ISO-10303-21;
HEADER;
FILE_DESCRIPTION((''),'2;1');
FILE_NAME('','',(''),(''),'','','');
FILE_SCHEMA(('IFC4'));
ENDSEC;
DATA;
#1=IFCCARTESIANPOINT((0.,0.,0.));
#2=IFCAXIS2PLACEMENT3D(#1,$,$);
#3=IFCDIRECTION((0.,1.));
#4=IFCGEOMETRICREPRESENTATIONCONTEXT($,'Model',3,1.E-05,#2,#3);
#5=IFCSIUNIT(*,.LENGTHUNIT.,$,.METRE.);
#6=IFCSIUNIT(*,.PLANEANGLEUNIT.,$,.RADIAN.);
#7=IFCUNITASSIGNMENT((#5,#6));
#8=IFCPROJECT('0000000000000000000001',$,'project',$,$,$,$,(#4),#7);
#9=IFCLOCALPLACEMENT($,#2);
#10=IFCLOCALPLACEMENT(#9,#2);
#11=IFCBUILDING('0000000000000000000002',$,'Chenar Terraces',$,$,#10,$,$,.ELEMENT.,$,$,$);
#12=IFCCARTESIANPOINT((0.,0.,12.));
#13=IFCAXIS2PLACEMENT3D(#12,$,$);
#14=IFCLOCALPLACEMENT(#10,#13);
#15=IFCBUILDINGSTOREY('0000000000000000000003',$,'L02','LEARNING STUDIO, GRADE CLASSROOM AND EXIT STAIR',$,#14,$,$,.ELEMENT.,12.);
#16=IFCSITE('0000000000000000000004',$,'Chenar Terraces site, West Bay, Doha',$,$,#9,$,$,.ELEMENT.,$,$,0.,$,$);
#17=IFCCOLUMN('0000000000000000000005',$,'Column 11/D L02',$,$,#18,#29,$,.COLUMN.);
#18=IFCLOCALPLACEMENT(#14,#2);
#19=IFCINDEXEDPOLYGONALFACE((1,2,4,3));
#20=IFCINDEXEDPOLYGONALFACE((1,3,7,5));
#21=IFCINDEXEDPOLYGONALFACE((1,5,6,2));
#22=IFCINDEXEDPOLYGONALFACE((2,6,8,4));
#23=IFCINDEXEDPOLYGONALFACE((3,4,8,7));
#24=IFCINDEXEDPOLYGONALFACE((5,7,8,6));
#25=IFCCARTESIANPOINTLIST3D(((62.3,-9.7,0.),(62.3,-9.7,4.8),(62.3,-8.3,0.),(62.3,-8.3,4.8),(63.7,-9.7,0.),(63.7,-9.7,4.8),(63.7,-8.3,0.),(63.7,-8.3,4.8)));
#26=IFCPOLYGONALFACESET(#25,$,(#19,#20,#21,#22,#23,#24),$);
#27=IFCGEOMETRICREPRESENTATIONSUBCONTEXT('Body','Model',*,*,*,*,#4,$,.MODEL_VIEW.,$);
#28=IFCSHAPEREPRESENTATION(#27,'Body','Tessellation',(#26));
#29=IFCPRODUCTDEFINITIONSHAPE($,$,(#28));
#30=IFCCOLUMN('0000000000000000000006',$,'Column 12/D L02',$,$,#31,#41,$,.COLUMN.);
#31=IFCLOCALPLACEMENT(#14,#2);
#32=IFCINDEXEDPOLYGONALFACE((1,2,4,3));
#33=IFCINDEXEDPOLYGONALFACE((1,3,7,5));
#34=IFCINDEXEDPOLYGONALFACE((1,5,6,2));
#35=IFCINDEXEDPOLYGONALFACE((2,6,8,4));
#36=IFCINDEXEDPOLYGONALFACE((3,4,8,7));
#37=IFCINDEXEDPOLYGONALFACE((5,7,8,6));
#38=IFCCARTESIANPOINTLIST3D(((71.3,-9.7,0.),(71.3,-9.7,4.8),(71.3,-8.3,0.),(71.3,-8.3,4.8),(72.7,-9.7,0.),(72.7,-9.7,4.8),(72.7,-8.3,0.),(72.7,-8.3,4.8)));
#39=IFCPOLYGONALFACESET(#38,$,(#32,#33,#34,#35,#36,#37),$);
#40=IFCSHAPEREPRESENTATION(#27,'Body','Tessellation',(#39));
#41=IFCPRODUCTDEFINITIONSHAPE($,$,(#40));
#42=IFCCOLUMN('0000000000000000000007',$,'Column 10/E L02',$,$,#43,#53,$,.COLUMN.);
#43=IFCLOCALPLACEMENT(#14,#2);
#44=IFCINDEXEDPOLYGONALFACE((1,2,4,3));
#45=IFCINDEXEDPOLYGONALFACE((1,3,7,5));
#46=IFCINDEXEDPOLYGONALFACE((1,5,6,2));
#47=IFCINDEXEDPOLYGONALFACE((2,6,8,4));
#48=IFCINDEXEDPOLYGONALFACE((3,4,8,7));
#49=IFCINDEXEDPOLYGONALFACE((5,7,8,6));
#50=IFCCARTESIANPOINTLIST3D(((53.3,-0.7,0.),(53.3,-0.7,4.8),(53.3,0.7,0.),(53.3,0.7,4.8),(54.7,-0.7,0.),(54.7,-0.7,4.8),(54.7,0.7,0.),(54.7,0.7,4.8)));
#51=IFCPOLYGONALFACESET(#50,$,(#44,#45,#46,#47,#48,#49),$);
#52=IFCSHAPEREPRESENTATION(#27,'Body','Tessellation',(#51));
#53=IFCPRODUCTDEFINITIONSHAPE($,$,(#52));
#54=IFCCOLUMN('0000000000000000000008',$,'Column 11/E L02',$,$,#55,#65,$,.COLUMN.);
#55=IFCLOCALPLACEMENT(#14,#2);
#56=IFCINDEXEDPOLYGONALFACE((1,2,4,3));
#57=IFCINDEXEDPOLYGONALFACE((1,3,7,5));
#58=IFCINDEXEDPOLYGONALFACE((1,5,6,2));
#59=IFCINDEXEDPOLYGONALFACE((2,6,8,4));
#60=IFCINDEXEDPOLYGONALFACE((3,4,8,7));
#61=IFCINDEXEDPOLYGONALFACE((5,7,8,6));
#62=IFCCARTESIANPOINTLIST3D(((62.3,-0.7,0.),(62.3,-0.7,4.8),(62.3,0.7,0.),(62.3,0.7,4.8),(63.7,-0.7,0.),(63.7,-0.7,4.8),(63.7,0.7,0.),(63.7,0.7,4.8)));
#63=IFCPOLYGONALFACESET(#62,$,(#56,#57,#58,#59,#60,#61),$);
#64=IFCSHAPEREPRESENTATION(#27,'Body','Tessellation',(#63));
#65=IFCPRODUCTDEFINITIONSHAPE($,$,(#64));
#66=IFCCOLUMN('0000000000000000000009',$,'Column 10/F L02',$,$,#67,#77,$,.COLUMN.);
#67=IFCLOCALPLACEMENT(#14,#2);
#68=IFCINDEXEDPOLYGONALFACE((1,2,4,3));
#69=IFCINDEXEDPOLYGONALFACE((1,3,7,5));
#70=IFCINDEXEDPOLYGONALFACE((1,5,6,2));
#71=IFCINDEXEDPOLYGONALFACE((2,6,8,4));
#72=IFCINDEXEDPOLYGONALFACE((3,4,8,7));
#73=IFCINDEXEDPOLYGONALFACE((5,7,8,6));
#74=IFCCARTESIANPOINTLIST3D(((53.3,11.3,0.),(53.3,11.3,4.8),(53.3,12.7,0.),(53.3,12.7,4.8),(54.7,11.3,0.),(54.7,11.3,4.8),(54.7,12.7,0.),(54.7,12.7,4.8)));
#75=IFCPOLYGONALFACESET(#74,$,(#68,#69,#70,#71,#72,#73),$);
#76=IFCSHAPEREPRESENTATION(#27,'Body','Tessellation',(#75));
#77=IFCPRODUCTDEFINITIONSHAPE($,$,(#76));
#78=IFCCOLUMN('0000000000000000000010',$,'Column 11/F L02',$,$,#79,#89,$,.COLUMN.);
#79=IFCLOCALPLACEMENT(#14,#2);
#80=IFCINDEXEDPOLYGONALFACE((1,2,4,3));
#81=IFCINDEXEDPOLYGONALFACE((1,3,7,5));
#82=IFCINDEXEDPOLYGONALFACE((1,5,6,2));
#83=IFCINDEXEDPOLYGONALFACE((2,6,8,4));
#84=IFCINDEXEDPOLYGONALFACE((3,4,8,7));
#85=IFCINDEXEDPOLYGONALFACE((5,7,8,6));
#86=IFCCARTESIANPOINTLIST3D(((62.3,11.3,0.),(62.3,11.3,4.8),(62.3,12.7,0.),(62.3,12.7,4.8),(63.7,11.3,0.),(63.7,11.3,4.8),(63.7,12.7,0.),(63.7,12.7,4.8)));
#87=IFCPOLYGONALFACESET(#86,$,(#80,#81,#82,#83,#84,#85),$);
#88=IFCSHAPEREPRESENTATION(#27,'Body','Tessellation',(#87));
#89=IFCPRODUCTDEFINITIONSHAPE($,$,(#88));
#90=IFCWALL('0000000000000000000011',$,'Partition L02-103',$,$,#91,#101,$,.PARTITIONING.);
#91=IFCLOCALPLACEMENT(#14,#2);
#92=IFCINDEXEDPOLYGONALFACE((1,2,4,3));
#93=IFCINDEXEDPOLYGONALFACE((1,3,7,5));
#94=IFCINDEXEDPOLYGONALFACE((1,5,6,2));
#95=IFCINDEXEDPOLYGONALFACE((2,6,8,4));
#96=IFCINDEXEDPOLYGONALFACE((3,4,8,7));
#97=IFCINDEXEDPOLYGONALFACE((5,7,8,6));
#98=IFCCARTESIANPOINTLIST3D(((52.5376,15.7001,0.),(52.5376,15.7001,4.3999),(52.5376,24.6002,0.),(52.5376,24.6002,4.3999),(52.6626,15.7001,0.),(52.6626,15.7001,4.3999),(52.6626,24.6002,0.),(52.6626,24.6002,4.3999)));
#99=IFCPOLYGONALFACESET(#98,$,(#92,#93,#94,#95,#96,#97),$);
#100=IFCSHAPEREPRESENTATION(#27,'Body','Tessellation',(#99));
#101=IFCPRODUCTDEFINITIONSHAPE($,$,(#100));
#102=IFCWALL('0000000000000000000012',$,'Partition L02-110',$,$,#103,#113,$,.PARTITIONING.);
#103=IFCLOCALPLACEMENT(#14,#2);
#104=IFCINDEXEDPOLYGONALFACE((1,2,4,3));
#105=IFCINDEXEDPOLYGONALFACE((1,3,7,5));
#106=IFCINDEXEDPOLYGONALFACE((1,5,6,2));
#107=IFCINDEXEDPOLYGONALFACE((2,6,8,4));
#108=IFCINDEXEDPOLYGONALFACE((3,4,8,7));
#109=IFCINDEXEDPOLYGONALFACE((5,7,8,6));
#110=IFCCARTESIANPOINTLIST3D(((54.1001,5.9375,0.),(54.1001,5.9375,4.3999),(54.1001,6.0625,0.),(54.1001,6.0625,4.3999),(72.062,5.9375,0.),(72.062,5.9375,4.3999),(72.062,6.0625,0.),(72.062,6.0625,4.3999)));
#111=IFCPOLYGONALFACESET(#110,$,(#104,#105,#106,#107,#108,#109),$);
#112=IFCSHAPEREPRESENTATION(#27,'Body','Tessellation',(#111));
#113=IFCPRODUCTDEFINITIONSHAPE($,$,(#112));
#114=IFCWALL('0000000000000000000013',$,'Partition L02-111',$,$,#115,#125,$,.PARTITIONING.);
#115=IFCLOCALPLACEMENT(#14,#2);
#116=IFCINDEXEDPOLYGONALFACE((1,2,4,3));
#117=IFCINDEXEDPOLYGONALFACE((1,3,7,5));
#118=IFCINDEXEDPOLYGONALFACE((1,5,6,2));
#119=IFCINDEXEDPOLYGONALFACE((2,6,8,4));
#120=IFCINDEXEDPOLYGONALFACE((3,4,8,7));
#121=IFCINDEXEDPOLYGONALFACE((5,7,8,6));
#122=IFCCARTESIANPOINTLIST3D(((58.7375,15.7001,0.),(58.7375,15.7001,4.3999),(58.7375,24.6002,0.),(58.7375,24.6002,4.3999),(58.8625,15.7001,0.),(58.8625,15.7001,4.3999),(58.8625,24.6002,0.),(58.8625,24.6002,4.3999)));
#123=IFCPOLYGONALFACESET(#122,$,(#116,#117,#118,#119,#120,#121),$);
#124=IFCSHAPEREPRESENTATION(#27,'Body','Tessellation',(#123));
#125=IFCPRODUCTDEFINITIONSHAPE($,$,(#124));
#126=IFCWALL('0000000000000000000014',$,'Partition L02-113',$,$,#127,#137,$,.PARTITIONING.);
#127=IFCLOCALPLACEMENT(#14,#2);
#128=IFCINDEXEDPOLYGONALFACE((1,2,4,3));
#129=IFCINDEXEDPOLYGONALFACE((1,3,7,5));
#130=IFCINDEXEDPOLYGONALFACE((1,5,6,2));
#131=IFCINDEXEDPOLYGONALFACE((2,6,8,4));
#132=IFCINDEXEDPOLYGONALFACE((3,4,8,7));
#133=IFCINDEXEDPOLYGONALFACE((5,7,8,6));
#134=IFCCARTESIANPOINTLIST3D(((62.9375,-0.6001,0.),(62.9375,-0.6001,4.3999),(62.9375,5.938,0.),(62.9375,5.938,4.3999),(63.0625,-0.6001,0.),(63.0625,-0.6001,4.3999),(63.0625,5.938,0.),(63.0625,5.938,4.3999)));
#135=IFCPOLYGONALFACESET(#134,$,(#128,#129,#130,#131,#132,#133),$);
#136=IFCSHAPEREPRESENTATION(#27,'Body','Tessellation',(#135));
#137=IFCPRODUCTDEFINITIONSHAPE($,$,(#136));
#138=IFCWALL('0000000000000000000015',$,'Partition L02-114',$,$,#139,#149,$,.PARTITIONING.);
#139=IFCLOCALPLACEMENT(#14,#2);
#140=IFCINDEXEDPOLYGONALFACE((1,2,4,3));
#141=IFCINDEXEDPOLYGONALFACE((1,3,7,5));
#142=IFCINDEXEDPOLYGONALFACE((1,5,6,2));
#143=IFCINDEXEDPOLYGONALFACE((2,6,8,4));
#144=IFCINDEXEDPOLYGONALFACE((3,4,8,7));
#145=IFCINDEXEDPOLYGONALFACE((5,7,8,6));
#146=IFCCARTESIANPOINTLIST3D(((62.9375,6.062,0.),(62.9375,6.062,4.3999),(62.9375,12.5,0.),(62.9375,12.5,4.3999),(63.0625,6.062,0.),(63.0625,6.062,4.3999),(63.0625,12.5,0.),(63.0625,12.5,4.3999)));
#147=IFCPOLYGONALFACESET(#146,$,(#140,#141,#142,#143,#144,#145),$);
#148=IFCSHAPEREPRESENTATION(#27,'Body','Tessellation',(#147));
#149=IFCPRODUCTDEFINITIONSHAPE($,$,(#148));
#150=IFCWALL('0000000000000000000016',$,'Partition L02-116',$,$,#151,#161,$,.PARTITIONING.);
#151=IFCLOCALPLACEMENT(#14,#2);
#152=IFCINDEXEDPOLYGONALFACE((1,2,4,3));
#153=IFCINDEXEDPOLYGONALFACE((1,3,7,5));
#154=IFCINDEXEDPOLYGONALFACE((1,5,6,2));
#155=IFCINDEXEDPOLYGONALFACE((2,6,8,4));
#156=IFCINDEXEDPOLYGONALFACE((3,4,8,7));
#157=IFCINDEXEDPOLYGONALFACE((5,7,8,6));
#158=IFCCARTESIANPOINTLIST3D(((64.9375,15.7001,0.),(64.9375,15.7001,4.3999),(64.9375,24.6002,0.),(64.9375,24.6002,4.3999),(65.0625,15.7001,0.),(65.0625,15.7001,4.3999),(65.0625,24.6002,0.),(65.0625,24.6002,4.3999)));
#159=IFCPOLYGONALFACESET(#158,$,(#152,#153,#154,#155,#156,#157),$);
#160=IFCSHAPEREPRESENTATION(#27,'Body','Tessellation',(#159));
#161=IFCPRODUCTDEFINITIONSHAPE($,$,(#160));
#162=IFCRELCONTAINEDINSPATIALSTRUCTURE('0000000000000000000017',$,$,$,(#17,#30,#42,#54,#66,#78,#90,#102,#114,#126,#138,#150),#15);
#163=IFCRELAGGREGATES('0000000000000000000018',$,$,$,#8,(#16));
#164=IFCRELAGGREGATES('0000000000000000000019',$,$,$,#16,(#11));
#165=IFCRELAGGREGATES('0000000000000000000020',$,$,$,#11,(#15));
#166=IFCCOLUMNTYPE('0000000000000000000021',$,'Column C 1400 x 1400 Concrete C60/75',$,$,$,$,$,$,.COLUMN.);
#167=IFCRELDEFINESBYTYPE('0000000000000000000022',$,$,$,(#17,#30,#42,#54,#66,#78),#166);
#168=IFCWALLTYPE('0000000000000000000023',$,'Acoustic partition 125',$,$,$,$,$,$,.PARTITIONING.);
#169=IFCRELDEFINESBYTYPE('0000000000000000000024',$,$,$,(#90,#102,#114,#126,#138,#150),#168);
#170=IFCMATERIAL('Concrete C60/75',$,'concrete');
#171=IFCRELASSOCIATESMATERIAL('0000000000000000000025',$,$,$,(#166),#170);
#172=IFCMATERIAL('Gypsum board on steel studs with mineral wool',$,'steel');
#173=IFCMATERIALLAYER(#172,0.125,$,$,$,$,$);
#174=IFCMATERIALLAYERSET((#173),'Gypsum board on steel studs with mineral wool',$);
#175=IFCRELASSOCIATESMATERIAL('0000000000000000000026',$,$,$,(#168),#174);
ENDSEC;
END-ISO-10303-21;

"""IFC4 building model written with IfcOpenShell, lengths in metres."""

from ifc_helpers import new_model, si_unit, direction, frame, frame_2d, origin, origin_2d, place, context, subcontext, project, spatial, rectangle, extrude, material, layer, layer_set, material_profile, profile_set, type_object, element, save


model = new_model("IFC4")

# Units and contexts
model_context = context("Model", 3, precision=1e-05, world=origin(), true_north=direction((0.0, 1.0)))
body_context = subcontext(model_context, "Body", "Model", "MODEL_VIEW")
ifc_project = project(units=[si_unit("LENGTHUNIT", "METRE"), si_unit("PLANEANGLEUNIT", "RADIAN")], contexts=[model_context])

# Site, building, storey
site_placement = place(None, origin())
site = spatial("IfcSite", under=ifc_project, at=site_placement, Name="Chenar Terraces site, West Bay, Doha", CompositionType="ELEMENT", RefElevation=0.0)
building_placement = place(site_placement, origin())
building = spatial("IfcBuilding", under=site, at=building_placement, Name="Chenar Terraces", CompositionType="ELEMENT")
storey_placement = place(building_placement, frame((0.0, 0.0, 12.0)))
storey = spatial("IfcBuildingStorey", under=building, at=storey_placement, Name="L02", Description="LEARNING STUDIO, GRADE CLASSROOM AND EXIT STAIR", CompositionType="ELEMENT", Elevation=12.0)

# Columns
ifc_material_1 = material(Name="Concrete C60/75", Category="concrete")
ifc_material_profile = material_profile(ifc_material_1, rectangle(XDim=1.3999, YDim=1.3999, at=origin_2d()), Name="C 1400 x 1400")
ifc_profile_set = profile_set([ifc_material_profile], Name="Concrete C60/75")
column_type = type_object("IfcColumnType", Name="Column C 1400 x 1400 Concrete C60/75", PredefinedType="COLUMN", material=ifc_profile_set)
for number, where, z_axis, x_axis, name in (
    (1, (63.0, -9.0, 0.0), (0.0, 0.0, 1.0), (1.0, 0.0, 0.0), "Column 11/D L02"),
    (2, (72.0, -9.0, 0.0), (0.0, 0.0, 1.0), (1.0, 0.0, 0.0), "Column 12/D L02"),
    (3, (54.0, 0.0, 0.0), (0.0, 0.0, 1.0), (1.0, 0.0, 0.0), "Column 10/E L02"),
    (4, (63.0, 0.0, 0.0), (0.0, 0.0, 1.0), (1.0, 0.0, 0.0), "Column 11/E L02"),
    (5, (54.0, 12.0, 0.0), (0.0, 0.0, 1.0), (1.0, 0.0, 0.0), "Column 10/F L02"),
    (6, (63.0, 12.0, 0.0), (0.0, 0.0, 1.0), (1.0, 0.0, 0.0), "Column 11/F L02"),
):
    element("IfcColumn", number, at=place(storey_placement, frame(where, z_axis=z_axis, x_axis=x_axis)), inside=storey, type_object=column_type, Name=name, PredefinedType="COLUMN", context=body_context, shape_type="SweptSolid", body=[
        extrude(rectangle(XDim=1.3999, YDim=1.3999, at=origin_2d()), origin(), (0.0, 0.0, 1.0), 4.8),
    ])

# Walls
ifc_material_2 = material(Name="Gypsum board on steel studs with mineral wool", Category="steel")
ifc_layer_1 = layer(ifc_material_2, 0.125)
ifc_layer_set_1 = layer_set([ifc_layer_1], Name="Gypsum board on steel studs with mineral wool")
wall_type_1 = type_object("IfcWallType", Name="Acoustic partition 125", PredefinedType="PARTITIONING", material=ifc_layer_set_1)
wall_1_placement = place(storey_placement, frame((52.6001, 15.7, 0.0), z_axis=(0.0, 0.0, 1.0), x_axis=(0.0, 1.0, 0.0)))
element("IfcWall", 7, at=wall_1_placement, inside=storey, type_object=wall_type_1, Name="Partition L02-103", PredefinedType="PARTITIONING", context=body_context, shape_type="SweptSolid", body=[
    extrude(rectangle(XDim=8.9001, YDim=0.125, at=frame_2d((4.4502, 0.0))), origin(), (0.0, 0.0, 1.0), 4.3999),
])
wall_2_placement = place(storey_placement, frame((54.1001, 6.0, 0.0), z_axis=(0.0, 0.0, 1.0), x_axis=(1.0, 0.0, 0.0)))
element("IfcWall", 8, at=wall_2_placement, inside=storey, type_object=wall_type_1, Name="Partition L02-110", PredefinedType="PARTITIONING", context=body_context, shape_type="SweptSolid", body=[
    extrude(rectangle(XDim=17.9619, YDim=0.125, at=frame_2d((8.981, 0.0))), origin(), (0.0, 0.0, 1.0), 4.3999),
])
wall_3_placement = place(storey_placement, frame((58.8, 15.7, 0.0), z_axis=(0.0, 0.0, 1.0), x_axis=(0.0, 1.0, 0.0)))
element("IfcWall", 9, at=wall_3_placement, inside=storey, type_object=wall_type_1, Name="Partition L02-111", PredefinedType="PARTITIONING", context=body_context, shape_type="SweptSolid", body=[
    extrude(rectangle(XDim=8.9001, YDim=0.125, at=frame_2d((4.4502, 0.0))), origin(), (0.0, 0.0, 1.0), 4.3999),
])
wall_4_placement = place(storey_placement, frame((63.0, -0.6001, 0.0), z_axis=(0.0, 0.0, 1.0), x_axis=(0.0, 1.0, 0.0)))
element("IfcWall", 10, at=wall_4_placement, inside=storey, type_object=wall_type_1, Name="Partition L02-113", PredefinedType="PARTITIONING", context=body_context, shape_type="SweptSolid", body=[
    extrude(rectangle(XDim=6.5381, YDim=0.125, at=frame_2d((3.269, 0.0))), origin(), (0.0, 0.0, 1.0), 4.3999),
])
wall_5_placement = place(storey_placement, frame((63.0, 6.062, 0.0), z_axis=(0.0, 0.0, 1.0), x_axis=(0.0, 1.0, 0.0)))
element("IfcWall", 11, at=wall_5_placement, inside=storey, type_object=wall_type_1, Name="Partition L02-114", PredefinedType="PARTITIONING", context=body_context, shape_type="SweptSolid", body=[
    extrude(rectangle(XDim=6.438, YDim=0.125, at=frame_2d((3.219, 0.0))), origin(), (0.0, 0.0, 1.0), 4.3999),
])
wall_6_placement = place(storey_placement, frame((65.0, 15.7, 0.0), z_axis=(0.0, 0.0, 1.0), x_axis=(0.0, 1.0, 0.0)))
element("IfcWall", 12, at=wall_6_placement, inside=storey, type_object=wall_type_1, Name="Partition L02-116", PredefinedType="PARTITIONING", context=body_context, shape_type="SweptSolid", body=[
    extrude(rectangle(XDim=8.9001, YDim=0.125, at=frame_2d((4.4502, 0.0))), origin(), (0.0, 0.0, 1.0), 4.3999),
])

save(model, "model.ifc")
